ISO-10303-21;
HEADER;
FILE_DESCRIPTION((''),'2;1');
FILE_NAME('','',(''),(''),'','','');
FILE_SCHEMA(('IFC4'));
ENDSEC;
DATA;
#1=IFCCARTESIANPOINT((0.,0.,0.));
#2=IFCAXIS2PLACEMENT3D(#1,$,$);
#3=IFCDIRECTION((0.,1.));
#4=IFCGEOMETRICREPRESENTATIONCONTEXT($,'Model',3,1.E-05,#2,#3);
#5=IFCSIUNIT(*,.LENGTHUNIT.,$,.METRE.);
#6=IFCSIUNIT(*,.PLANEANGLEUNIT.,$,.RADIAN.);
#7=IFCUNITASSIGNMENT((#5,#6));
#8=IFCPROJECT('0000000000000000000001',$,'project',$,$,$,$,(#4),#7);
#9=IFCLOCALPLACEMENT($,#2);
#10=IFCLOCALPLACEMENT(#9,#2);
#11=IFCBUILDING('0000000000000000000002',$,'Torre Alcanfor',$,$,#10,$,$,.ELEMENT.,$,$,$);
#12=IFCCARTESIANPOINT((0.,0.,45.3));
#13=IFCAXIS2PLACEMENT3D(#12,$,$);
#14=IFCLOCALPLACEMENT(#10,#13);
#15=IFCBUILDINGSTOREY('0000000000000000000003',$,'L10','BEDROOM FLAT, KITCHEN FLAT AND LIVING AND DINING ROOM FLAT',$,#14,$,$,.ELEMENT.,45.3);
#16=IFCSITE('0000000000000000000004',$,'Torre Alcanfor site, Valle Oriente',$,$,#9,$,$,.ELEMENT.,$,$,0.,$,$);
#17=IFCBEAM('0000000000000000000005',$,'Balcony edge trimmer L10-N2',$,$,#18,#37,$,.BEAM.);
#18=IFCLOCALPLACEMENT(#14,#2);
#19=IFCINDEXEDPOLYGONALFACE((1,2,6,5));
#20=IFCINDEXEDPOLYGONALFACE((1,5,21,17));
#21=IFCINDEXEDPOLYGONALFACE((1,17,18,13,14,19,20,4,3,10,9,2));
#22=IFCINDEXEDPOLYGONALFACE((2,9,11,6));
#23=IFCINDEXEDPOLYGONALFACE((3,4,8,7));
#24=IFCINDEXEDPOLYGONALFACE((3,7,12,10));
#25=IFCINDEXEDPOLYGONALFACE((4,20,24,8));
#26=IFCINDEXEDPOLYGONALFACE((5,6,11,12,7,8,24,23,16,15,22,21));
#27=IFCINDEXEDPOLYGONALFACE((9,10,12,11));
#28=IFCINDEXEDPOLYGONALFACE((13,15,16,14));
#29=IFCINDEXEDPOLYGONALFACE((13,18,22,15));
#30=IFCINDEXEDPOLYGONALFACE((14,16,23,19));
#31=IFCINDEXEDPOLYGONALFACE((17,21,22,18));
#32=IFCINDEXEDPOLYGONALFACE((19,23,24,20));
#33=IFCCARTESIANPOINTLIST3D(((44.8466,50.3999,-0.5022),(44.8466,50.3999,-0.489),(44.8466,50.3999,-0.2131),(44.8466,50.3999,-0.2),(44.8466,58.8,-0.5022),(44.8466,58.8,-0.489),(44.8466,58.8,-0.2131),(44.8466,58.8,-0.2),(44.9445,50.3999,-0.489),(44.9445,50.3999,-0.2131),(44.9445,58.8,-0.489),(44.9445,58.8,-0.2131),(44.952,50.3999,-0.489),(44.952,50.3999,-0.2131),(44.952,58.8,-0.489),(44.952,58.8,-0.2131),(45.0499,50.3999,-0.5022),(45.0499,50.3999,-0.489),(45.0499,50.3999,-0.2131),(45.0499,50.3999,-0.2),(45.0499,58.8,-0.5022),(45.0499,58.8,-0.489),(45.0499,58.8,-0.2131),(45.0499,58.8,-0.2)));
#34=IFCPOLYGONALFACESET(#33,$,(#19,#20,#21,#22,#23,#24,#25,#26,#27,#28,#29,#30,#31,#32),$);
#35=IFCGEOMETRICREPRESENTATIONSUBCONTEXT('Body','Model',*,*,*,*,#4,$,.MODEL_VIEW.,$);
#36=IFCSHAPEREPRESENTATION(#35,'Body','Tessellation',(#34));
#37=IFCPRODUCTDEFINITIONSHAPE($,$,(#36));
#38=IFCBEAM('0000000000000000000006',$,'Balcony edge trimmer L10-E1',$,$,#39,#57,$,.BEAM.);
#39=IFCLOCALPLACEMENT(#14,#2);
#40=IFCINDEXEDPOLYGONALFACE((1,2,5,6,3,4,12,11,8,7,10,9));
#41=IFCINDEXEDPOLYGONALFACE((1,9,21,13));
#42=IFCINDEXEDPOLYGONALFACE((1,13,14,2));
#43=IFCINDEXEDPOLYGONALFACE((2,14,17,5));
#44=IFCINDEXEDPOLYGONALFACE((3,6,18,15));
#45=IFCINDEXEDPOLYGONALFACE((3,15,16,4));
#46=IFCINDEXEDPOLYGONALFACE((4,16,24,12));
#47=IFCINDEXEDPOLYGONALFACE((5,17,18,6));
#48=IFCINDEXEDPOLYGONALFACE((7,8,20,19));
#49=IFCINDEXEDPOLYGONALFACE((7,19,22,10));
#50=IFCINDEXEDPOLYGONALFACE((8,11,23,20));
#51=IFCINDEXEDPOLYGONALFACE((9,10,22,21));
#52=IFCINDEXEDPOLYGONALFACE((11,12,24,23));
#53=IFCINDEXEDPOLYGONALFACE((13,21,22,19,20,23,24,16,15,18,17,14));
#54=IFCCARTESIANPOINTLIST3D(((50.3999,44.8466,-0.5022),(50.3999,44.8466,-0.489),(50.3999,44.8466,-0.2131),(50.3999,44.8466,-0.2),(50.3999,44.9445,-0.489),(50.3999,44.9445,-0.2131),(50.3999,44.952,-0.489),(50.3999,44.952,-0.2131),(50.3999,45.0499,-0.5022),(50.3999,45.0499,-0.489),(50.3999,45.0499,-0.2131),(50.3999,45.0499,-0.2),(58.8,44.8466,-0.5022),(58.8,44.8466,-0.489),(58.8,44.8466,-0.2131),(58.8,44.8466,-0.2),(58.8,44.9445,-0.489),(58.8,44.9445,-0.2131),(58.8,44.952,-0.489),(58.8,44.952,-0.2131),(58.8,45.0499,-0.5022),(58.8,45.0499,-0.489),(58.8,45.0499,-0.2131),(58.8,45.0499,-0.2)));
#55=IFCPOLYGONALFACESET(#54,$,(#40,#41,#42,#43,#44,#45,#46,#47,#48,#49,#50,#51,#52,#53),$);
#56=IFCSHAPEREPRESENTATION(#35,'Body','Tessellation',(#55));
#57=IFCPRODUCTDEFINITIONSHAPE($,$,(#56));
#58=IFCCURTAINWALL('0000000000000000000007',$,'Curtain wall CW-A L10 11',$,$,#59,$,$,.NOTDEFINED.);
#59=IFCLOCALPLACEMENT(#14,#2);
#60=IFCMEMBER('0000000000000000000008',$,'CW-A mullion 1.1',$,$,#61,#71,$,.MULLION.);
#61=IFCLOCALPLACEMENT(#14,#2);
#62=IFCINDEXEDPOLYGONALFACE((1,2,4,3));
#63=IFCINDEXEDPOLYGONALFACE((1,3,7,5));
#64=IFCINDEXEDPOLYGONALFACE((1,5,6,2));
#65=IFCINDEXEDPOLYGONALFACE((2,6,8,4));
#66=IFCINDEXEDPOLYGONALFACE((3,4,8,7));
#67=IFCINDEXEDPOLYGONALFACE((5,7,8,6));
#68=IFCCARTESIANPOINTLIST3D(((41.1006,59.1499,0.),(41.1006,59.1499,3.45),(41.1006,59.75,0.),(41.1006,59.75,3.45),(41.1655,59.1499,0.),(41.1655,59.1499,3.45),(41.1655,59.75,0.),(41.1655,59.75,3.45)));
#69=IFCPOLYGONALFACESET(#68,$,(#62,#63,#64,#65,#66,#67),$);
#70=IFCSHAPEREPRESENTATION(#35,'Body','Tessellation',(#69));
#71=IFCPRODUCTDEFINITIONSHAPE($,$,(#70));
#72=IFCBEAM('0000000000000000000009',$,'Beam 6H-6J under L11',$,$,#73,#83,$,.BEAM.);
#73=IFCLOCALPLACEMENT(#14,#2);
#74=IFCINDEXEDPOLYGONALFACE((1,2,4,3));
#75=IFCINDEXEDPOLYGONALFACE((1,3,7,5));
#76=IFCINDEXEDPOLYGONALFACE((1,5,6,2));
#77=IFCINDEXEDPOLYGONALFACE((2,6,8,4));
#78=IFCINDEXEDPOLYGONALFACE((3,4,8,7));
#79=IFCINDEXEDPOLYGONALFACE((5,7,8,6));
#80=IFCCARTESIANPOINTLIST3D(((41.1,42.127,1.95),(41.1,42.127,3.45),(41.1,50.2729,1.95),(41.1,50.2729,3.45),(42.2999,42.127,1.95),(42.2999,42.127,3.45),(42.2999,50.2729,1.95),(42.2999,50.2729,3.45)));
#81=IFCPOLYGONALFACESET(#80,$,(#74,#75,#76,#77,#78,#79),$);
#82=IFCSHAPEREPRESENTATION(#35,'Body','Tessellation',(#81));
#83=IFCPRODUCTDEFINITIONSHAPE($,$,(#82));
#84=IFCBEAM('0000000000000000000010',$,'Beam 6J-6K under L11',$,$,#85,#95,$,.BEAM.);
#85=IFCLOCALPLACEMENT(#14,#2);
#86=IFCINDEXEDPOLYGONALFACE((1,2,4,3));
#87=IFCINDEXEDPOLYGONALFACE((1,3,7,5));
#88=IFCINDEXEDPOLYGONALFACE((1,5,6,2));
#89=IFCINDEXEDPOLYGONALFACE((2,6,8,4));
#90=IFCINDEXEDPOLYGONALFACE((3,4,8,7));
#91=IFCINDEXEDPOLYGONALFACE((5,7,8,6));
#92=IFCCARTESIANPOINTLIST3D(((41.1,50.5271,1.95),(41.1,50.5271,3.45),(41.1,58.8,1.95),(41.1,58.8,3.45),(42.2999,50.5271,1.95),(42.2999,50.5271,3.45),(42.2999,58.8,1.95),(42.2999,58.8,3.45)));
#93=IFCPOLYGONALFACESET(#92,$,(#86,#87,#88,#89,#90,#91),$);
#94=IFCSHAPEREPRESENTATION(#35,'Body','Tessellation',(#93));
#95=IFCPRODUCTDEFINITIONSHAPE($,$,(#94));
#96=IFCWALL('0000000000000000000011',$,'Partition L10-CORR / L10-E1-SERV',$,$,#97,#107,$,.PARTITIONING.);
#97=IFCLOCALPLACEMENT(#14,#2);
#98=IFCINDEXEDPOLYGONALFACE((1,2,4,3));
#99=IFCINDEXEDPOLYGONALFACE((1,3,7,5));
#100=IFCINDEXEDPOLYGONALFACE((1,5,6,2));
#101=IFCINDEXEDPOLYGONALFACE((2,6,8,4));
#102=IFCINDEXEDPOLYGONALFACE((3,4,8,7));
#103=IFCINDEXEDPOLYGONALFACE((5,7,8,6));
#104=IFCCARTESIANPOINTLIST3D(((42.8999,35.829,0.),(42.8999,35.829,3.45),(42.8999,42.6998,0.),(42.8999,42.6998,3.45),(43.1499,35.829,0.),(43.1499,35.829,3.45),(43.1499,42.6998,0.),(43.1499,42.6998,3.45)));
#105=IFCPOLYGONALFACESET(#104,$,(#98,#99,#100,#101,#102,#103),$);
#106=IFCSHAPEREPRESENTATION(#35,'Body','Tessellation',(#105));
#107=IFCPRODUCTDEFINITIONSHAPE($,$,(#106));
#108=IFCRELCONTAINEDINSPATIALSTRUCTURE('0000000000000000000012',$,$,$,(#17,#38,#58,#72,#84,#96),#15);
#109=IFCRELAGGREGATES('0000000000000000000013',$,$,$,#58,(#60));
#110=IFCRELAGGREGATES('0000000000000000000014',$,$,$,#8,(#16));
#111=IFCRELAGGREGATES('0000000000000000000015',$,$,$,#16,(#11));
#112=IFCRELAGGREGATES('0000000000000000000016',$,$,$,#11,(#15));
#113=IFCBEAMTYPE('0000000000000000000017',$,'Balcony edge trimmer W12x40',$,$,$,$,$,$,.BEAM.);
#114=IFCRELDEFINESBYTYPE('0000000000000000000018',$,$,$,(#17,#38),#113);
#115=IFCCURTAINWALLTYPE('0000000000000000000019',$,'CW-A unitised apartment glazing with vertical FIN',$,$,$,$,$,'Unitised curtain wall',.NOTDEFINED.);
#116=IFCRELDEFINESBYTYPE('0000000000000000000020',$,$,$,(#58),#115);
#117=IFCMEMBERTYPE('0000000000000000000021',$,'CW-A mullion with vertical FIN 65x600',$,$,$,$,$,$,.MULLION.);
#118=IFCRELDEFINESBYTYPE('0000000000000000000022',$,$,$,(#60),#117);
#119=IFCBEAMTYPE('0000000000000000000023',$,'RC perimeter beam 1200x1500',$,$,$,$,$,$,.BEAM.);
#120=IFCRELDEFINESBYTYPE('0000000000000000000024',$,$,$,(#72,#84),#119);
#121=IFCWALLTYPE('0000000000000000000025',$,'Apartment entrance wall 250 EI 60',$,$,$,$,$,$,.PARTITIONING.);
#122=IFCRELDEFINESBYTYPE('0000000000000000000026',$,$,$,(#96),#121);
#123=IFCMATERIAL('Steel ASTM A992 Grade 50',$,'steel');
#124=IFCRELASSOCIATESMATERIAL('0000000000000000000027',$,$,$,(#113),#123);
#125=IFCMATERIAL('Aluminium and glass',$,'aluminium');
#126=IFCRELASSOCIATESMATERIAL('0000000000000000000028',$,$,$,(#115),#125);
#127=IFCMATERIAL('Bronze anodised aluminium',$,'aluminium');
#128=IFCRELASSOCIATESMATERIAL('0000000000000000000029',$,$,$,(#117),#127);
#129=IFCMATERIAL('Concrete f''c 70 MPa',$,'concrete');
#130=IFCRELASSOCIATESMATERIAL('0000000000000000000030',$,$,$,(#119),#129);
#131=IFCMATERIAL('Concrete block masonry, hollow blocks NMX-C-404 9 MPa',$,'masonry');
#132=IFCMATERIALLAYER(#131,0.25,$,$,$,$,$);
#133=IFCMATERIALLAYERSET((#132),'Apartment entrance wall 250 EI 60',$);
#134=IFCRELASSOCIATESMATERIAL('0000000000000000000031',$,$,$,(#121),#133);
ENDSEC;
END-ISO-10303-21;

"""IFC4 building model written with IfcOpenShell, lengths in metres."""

from ifc_helpers import new_model, si_unit, direction, frame, frame_2d, origin, origin_2d, place, context, subcontext, project, spatial, rectangle, i_section, extrude, material, layer, layer_set, material_profile, profile_set, type_object, element, aggregate, save


model = new_model("IFC4")

# Units and contexts
model_context = context("Model", 3, precision=1e-05, world=origin(), true_north=direction((0.0, 1.0)))
body_context = subcontext(model_context, "Body", "Model", "MODEL_VIEW")
ifc_project = project(units=[si_unit("LENGTHUNIT", "METRE"), si_unit("PLANEANGLEUNIT", "RADIAN")], contexts=[model_context])

# Site, building, storey
site_placement = place(None, origin())
site = spatial("IfcSite", under=ifc_project, at=site_placement, Name="Torre Alcanfor site, Valle Oriente", CompositionType="ELEMENT", RefElevation=0.0)
building_placement = place(site_placement, origin())
building = spatial("IfcBuilding", under=site, at=building_placement, Name="Torre Alcanfor", CompositionType="ELEMENT")
storey_placement = place(building_placement, frame((0.0, 0.0, 45.3)))
storey = spatial("IfcBuildingStorey", under=building, at=storey_placement, Name="L10", Description="BEDROOM FLAT, KITCHEN FLAT AND LIVING AND DINING ROOM FLAT", CompositionType="ELEMENT", Elevation=45.3)

# Beams
ifc_material_1 = material(Name="Steel ASTM A992 Grade 50", Category="steel")
ifc_material_profile_1 = material_profile(ifc_material_1, i_section(OverallWidth=0.2034, OverallDepth=0.3022, WebThickness=0.0076, FlangeThickness=0.0132, at=origin_2d()), Name="W12x40")
ifc_profile_set_1 = profile_set([ifc_material_profile_1], Name="Steel ASTM A992 Grade 50")
beam_type_1 = type_object("IfcBeamType", Name="Balcony edge trimmer W12x40", PredefinedType="BEAM", material=ifc_profile_set_1)
for number, where, z_axis, x_axis, name in (
    (1, (44.9482, 50.3999, -0.3511), (0.0, 1.0, 0.0), (-1.0, 0.0, 0.0), "Balcony edge trimmer L10-N2"),
    (2, (50.3999, 44.9482, -0.3511), (1.0, 0.0, 0.0), (0.0, 1.0, 0.0), "Balcony edge trimmer L10-E1"),
):
    element("IfcBeam", number, at=place(storey_placement, frame(where, z_axis=z_axis, x_axis=x_axis)), inside=storey, type_object=beam_type_1, Name=name, PredefinedType="BEAM", context=body_context, shape_type="SweptSolid", body=[
        extrude(i_section(OverallWidth=0.2034, OverallDepth=0.3022, WebThickness=0.0076, FlangeThickness=0.0132, at=origin_2d()), origin(), (0.0, 0.0, 1.0), 8.4001),
    ])

# Curtain wall, member
ifc_material_2 = material(Name="Aluminium and glass", Category="aluminium")
curtain_wall_type = type_object("IfcCurtainWallType", Name="CW-A unitised apartment glazing with vertical FIN", ElementType="Unitised curtain wall", PredefinedType="NOTDEFINED", material=ifc_material_2)
curtain_wall_placement = place(storey_placement, origin())
curtain_wall = element("IfcCurtainWall", 3, at=curtain_wall_placement, inside=storey, type_object=curtain_wall_type, Name="Curtain wall CW-A L10 11", PredefinedType="NOTDEFINED")
ifc_material_3 = material(Name="Bronze anodised aluminium", Category="aluminium")
ifc_material_profile_2 = material_profile(ifc_material_3, rectangle(XDim=0.6001, YDim=0.0649, at=origin_2d()), Name="CW-A mullion 65x600")
ifc_profile_set_2 = profile_set([ifc_material_profile_2], Name="Bronze anodised aluminium")
member_type = type_object("IfcMemberType", Name="CW-A mullion with vertical FIN 65x600", PredefinedType="MULLION", material=ifc_profile_set_2)
member_placement = place(storey_placement, frame((41.1331, 59.45, 0.0), z_axis=(0.0, 0.0, 1.0), x_axis=(0.0, -1.0, 0.0)))
member = element("IfcMember", 4, at=member_placement, type_object=member_type, Name="CW-A mullion 1.1", PredefinedType="MULLION", context=body_context, shape_type="SweptSolid", body=[
    extrude(rectangle(XDim=0.6001, YDim=0.0649, at=origin_2d()), origin(), (0.0, 0.0, 1.0), 3.45),
])
aggregate(curtain_wall, [member])

# Beams
ifc_material_4 = material(Name="Concrete f'c 70 MPa", Category="concrete")
ifc_material_profile_3 = material_profile(ifc_material_4, rectangle(XDim=1.2, YDim=1.5, at=origin_2d()), Name="1200x1500")
ifc_profile_set_3 = profile_set([ifc_material_profile_3], Name="Concrete f'c 70 MPa")
beam_type_2 = type_object("IfcBeamType", Name="RC perimeter beam 1200x1500", PredefinedType="BEAM", material=ifc_profile_set_3)
beam_1_placement = place(storey_placement, frame((41.7, 42.127, 2.7), z_axis=(0.0, 1.0, 0.0), x_axis=(-1.0, 0.0, 0.0)))
element("IfcBeam", 5, at=beam_1_placement, inside=storey, type_object=beam_type_2, Name="Beam 6H-6J under L11", PredefinedType="BEAM", context=body_context, shape_type="SweptSolid", body=[
    extrude(rectangle(XDim=1.2, YDim=1.5, at=origin_2d()), origin(), (0.0, 0.0, 1.0), 8.146),
])
beam_2_placement = place(storey_placement, frame((41.7, 50.5271, 2.7), z_axis=(0.0, 1.0, 0.0), x_axis=(-1.0, 0.0, 0.0)))
element("IfcBeam", 6, at=beam_2_placement, inside=storey, type_object=beam_type_2, Name="Beam 6J-6K under L11", PredefinedType="BEAM", context=body_context, shape_type="SweptSolid", body=[
    extrude(rectangle(XDim=1.2, YDim=1.5, at=origin_2d()), origin(), (0.0, 0.0, 1.0), 8.2729),
])

# Wall
ifc_material_5 = material(Name="Concrete block masonry, hollow blocks NMX-C-404 9 MPa", Category="masonry")
ifc_layer_1 = layer(ifc_material_5, 0.25)
ifc_layer_set_1 = layer_set([ifc_layer_1], Name="Apartment entrance wall 250 EI 60")
wall_type_1 = type_object("IfcWallType", Name="Apartment entrance wall 250 EI 60", PredefinedType="PARTITIONING", material=ifc_layer_set_1)
wall_1_placement = place(storey_placement, frame((43.0249, 42.7, 0.0), z_axis=(0.0, 0.0, 1.0), x_axis=(0.0, -1.0, 0.0)))
element("IfcWall", 7, at=wall_1_placement, inside=storey, type_object=wall_type_1, Name="Partition L10-CORR / L10-E1-SERV", PredefinedType="PARTITIONING", context=body_context, shape_type="SweptSolid", body=[
    extrude(rectangle(XDim=6.8708, YDim=0.25, at=frame_2d((3.4355, 0.0))), origin(), (0.0, 0.0, 1.0), 3.45),
])

save(model, "model.ifc")
